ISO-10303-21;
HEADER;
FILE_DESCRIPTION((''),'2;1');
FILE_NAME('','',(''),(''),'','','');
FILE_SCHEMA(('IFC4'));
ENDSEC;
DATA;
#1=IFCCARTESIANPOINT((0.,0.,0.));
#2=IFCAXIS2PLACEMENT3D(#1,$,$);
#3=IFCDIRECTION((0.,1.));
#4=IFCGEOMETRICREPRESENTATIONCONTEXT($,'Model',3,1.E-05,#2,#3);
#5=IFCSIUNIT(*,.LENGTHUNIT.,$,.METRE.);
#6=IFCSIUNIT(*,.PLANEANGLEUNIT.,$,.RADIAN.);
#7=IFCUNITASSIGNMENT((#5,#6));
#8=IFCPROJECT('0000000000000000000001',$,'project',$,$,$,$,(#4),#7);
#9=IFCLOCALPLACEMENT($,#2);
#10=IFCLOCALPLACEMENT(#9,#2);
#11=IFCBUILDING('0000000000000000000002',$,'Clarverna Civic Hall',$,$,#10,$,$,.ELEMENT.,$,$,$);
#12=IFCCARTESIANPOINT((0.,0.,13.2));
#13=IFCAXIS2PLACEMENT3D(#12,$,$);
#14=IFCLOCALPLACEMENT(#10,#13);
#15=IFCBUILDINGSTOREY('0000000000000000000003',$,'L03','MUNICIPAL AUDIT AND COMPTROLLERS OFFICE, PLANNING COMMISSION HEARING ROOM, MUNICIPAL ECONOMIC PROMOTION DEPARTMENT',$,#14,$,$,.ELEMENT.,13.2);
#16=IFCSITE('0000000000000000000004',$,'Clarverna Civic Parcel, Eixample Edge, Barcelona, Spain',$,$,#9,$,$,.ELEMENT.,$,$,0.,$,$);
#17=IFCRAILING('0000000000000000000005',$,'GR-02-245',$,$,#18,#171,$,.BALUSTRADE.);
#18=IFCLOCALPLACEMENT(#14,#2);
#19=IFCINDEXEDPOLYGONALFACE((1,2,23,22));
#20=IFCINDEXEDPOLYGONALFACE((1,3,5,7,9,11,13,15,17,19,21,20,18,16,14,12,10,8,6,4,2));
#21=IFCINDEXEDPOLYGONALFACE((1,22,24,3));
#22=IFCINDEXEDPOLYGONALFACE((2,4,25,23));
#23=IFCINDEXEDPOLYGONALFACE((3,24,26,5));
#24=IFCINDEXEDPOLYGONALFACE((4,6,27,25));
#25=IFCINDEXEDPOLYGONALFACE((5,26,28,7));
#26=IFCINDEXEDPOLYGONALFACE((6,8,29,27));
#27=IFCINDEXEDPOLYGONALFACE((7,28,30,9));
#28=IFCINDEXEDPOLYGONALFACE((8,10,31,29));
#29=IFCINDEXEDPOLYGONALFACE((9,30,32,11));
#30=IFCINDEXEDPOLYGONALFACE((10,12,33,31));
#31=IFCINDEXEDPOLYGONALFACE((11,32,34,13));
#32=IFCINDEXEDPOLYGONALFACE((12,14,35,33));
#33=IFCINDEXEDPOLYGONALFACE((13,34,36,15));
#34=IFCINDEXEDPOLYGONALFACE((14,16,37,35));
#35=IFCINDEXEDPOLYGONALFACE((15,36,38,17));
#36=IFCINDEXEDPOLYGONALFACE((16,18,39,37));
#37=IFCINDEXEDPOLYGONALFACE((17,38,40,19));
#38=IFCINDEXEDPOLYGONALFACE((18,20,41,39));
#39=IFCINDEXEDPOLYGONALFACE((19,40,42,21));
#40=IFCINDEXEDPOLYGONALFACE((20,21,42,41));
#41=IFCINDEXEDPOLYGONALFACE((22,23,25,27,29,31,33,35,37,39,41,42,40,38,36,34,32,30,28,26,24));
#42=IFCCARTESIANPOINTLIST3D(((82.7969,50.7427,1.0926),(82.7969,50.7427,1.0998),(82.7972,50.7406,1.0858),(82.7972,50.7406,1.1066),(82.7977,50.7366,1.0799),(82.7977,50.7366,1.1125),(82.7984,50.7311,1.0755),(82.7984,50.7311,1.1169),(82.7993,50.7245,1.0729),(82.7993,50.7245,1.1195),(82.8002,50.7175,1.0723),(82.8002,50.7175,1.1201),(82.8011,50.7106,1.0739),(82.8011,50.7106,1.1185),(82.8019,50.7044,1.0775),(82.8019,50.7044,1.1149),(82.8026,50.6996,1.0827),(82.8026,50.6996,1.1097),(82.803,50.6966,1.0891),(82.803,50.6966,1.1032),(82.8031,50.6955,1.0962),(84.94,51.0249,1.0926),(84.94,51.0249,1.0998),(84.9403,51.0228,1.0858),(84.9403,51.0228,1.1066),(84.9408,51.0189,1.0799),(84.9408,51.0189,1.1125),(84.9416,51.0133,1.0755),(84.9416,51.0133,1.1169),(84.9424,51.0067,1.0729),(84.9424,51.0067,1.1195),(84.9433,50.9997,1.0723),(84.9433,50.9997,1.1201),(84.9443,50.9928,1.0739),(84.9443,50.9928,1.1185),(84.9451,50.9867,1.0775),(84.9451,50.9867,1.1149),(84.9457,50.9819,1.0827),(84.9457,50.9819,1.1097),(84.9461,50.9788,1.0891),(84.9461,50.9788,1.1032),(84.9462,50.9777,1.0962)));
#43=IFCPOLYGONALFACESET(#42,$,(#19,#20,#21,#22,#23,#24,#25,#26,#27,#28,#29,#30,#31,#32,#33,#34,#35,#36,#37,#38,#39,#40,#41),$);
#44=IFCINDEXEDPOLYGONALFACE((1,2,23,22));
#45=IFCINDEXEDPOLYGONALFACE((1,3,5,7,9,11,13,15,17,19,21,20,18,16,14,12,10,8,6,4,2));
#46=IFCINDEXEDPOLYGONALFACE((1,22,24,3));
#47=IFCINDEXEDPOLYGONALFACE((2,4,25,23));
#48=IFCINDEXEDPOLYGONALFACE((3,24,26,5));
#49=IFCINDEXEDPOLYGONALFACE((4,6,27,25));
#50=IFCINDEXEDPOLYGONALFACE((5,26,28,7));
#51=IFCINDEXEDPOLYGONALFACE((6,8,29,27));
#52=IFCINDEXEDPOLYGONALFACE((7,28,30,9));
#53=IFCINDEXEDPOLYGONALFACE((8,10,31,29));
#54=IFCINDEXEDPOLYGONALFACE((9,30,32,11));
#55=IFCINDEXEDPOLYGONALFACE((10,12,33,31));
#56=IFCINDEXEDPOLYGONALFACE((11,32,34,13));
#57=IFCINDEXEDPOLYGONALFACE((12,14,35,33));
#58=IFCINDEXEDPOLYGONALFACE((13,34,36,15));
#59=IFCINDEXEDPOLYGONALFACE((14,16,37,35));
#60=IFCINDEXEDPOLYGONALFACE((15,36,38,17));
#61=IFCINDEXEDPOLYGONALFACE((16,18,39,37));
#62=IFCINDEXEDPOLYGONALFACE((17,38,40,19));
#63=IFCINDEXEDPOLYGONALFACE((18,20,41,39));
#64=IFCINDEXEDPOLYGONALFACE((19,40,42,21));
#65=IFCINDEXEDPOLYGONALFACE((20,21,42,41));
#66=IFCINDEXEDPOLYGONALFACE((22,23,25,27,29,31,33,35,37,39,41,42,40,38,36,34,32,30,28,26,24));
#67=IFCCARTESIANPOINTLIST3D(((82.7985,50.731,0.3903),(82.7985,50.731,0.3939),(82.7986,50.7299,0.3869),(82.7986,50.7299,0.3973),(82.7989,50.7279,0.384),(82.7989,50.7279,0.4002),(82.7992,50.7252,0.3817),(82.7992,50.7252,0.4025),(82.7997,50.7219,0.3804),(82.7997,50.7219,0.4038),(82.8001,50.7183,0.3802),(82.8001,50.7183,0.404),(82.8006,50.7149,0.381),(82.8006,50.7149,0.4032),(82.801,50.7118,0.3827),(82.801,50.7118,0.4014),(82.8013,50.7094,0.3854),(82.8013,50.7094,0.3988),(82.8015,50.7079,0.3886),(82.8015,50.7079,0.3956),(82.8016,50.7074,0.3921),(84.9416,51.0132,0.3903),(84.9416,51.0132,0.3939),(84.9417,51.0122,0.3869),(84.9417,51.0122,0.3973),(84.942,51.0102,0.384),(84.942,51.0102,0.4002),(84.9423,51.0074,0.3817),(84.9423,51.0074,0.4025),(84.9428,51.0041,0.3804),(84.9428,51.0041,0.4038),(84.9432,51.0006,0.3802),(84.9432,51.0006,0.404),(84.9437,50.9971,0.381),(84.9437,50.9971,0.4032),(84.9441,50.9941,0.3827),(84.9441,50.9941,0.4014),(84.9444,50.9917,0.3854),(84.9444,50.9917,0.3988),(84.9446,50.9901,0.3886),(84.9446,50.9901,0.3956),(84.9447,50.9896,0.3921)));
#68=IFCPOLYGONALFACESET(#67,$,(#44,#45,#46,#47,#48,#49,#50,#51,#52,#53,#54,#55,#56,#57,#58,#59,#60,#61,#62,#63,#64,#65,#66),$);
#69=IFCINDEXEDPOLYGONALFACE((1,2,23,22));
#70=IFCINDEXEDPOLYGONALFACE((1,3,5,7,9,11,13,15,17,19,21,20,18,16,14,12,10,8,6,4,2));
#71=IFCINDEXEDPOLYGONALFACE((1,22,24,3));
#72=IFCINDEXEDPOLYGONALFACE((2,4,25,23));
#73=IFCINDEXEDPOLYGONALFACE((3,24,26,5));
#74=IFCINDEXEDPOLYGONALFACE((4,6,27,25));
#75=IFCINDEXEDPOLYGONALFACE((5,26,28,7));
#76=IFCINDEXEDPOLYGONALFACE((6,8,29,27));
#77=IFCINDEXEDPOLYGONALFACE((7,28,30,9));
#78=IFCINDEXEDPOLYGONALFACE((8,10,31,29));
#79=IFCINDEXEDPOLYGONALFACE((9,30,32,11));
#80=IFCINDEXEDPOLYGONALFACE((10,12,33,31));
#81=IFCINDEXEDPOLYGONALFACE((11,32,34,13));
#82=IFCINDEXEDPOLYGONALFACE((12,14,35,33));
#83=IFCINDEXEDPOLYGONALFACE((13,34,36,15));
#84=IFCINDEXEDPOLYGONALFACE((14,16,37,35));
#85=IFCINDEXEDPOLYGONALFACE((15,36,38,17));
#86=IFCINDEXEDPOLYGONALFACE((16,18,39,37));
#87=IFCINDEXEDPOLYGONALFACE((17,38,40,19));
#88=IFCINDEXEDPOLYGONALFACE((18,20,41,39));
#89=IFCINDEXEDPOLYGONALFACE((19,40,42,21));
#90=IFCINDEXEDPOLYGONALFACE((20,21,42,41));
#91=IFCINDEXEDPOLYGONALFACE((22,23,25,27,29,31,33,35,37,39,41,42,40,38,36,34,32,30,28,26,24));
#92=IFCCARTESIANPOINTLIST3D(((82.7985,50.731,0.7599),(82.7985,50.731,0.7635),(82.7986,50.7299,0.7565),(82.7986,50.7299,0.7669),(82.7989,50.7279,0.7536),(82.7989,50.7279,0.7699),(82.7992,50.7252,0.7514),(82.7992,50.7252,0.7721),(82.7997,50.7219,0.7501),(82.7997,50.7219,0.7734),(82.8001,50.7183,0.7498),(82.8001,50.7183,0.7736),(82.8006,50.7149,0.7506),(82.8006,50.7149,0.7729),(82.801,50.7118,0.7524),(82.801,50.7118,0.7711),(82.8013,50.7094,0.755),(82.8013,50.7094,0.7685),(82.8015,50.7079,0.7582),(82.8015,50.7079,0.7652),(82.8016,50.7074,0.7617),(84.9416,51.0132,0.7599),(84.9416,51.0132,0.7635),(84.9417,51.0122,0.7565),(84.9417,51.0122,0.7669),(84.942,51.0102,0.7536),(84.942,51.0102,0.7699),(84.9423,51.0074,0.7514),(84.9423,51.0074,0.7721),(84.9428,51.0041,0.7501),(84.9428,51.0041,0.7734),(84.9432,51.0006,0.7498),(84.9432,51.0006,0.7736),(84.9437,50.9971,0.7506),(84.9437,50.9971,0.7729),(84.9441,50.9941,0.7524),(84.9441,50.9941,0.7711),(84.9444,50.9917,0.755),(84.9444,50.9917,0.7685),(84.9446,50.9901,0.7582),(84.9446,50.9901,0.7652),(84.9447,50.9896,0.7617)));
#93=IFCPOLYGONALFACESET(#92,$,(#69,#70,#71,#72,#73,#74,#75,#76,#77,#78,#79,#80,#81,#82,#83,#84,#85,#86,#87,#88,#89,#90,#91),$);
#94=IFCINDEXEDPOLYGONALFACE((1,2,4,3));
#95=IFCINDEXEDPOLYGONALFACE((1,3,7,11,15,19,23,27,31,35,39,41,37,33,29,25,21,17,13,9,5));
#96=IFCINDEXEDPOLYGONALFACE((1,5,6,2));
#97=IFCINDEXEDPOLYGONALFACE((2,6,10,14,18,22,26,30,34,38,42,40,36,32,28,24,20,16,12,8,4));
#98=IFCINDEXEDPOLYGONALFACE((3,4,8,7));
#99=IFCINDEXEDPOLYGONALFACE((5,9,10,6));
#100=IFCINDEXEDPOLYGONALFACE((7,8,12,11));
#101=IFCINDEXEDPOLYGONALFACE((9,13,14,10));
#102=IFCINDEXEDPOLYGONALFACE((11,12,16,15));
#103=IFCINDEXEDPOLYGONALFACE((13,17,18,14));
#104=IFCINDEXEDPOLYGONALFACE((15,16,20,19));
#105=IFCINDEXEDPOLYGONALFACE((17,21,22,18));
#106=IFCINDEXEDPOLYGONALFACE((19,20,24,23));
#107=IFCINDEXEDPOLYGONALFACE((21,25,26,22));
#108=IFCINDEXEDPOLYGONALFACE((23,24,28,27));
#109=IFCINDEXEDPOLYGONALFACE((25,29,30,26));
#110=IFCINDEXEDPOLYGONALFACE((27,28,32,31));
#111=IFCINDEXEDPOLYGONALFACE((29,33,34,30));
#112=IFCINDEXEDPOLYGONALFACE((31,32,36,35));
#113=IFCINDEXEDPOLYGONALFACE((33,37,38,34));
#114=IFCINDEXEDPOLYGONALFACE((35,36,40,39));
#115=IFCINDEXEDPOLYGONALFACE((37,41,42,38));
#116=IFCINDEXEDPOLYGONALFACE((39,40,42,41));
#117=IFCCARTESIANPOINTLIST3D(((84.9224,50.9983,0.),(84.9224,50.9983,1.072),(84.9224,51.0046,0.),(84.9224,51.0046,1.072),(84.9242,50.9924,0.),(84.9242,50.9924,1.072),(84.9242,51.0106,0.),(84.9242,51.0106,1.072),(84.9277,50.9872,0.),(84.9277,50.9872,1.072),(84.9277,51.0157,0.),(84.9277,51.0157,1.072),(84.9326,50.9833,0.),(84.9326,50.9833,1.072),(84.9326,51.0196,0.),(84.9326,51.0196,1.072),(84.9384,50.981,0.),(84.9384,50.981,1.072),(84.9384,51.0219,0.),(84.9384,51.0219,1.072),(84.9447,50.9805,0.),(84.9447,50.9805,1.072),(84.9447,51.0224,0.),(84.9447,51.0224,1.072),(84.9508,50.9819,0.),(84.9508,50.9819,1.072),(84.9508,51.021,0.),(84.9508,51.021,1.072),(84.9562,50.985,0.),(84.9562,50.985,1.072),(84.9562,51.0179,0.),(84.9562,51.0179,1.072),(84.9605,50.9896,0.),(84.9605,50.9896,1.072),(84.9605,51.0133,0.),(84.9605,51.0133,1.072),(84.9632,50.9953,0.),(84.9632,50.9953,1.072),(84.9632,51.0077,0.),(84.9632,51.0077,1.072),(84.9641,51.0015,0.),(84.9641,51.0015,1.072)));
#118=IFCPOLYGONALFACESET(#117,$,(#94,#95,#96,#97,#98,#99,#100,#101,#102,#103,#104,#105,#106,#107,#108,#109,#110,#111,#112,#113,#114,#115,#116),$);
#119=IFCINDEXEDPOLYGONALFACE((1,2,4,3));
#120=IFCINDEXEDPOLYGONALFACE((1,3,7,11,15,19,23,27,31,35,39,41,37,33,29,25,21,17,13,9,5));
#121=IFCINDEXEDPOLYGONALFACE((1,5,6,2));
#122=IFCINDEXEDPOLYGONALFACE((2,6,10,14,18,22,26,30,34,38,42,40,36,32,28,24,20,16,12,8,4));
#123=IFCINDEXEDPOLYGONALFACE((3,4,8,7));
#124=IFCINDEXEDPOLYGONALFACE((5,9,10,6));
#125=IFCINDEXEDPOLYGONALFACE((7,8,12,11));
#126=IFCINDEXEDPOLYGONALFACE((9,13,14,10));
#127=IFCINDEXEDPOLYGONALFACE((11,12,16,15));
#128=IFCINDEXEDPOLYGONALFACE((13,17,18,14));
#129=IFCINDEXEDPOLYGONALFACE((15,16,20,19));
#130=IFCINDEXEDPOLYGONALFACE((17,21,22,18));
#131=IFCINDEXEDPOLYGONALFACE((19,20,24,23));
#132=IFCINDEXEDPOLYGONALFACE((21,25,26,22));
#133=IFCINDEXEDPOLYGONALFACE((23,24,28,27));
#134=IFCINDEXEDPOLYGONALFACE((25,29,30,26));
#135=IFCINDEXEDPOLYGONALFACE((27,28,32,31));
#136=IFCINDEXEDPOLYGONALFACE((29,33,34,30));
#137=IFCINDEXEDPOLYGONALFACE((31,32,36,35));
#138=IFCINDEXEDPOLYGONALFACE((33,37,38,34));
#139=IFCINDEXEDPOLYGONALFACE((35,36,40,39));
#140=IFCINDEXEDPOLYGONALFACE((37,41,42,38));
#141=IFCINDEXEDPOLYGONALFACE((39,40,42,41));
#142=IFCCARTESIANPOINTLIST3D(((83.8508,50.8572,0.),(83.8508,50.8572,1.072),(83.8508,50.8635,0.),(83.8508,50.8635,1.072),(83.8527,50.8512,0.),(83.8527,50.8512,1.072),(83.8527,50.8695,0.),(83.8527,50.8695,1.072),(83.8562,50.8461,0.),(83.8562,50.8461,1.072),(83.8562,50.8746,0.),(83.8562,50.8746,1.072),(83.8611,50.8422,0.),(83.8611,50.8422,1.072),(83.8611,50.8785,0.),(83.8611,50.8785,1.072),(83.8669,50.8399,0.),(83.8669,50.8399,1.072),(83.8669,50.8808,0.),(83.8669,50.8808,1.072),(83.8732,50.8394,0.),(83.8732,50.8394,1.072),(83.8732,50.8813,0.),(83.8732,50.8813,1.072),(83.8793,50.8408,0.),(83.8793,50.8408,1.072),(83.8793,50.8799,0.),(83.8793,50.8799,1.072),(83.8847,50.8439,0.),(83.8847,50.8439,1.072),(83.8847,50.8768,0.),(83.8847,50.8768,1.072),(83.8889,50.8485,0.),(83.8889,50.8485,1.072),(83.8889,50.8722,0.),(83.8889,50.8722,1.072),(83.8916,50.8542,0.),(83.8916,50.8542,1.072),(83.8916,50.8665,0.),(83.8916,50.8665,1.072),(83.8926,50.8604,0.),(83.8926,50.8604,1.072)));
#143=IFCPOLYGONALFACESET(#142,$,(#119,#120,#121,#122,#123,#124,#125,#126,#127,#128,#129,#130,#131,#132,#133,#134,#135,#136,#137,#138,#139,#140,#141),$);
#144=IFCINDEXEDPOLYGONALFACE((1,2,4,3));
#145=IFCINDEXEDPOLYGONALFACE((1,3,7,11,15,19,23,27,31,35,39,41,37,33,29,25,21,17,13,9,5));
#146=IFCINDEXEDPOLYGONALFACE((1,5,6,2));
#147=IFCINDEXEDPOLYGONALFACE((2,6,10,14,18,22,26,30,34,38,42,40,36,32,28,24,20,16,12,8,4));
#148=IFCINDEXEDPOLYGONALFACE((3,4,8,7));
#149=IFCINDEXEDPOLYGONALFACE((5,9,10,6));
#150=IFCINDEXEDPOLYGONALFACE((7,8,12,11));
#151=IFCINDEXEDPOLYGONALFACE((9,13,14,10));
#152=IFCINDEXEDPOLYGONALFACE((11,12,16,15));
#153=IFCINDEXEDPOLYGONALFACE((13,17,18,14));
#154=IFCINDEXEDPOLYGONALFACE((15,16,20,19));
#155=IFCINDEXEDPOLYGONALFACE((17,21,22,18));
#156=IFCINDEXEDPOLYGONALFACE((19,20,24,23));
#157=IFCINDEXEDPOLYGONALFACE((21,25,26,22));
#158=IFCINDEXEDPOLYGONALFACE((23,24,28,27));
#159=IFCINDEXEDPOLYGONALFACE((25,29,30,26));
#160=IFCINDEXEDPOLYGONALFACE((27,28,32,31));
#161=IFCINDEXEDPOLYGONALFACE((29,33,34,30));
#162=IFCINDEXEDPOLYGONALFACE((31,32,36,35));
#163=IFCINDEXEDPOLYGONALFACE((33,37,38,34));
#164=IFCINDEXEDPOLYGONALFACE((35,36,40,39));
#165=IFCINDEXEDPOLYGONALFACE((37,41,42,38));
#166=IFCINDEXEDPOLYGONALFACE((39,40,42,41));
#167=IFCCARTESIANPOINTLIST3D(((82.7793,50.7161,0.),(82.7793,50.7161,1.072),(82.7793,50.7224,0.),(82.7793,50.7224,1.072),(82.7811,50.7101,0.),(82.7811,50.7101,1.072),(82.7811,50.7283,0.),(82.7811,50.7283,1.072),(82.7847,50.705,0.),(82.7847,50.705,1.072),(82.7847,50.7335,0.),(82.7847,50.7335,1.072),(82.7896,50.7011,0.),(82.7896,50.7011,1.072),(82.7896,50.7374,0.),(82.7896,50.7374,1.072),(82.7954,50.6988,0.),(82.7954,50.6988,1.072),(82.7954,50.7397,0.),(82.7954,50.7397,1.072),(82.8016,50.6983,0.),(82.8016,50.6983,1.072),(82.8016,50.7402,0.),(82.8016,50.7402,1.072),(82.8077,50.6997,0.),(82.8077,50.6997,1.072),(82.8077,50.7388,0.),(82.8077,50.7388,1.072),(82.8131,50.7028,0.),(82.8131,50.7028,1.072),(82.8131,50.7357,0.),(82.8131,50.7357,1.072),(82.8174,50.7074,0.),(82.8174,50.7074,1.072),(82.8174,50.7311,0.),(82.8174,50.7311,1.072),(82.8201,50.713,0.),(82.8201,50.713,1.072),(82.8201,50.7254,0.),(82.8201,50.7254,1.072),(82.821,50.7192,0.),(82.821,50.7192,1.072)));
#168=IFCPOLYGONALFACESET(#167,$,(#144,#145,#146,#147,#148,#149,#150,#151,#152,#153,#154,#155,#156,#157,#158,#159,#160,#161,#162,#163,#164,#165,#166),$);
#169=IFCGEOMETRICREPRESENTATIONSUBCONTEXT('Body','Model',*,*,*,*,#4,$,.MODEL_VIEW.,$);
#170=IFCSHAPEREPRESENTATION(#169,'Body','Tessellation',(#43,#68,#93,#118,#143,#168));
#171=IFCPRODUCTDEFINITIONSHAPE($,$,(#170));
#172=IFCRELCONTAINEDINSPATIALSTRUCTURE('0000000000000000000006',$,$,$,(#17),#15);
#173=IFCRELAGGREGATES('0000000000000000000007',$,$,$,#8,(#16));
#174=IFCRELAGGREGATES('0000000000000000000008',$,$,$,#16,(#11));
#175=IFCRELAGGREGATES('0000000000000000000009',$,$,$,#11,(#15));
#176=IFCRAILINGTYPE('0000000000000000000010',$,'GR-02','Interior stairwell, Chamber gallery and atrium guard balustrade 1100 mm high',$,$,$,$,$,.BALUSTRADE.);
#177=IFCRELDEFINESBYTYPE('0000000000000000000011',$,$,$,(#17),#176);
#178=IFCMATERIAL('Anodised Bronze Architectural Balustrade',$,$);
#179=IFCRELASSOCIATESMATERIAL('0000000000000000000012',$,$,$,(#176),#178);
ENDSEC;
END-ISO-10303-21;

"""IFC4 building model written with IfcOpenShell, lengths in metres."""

from ifc_helpers import new_model, si_unit, direction, frame, origin, origin_2d, place, context, subcontext, project, spatial, circle, extrude, material, type_object, element, save


model = new_model("IFC4")

# Units and contexts
model_context = context("Model", 3, precision=1e-05, world=origin(), true_north=direction((0.0, 1.0)))
body_context = subcontext(model_context, "Body", "Model", "MODEL_VIEW")
ifc_project = project(units=[si_unit("LENGTHUNIT", "METRE"), si_unit("PLANEANGLEUNIT", "RADIAN")], contexts=[model_context])

# Site, building, storey
site_placement = place(None, origin())
site = spatial("IfcSite", under=ifc_project, at=site_placement, Name="Clarverna Civic Parcel, Eixample Edge, Barcelona, Spain", CompositionType="ELEMENT", RefElevation=0.0)
building_placement = place(site_placement, origin())
building = spatial("IfcBuilding", under=site, at=building_placement, Name="Clarverna Civic Hall", CompositionType="ELEMENT")
storey_placement = place(building_placement, frame((0.0, 0.0, 13.2)))
storey = spatial("IfcBuildingStorey", under=building, at=storey_placement, Name="L03", Description="MUNICIPAL AUDIT AND COMPTROLLERS OFFICE, PLANNING COMMISSION HEARING ROOM, MUNICIPAL ECONOMIC PROMOTION DEPARTMENT", CompositionType="ELEMENT", Elevation=13.2)

# Railing
ifc_material_1 = material(Name="Anodised Bronze Architectural Balustrade")
railing_type = type_object("IfcRailingType", Name="GR-02", Description="Interior stairwell, Chamber gallery and atrium guard balustrade 1100 mm high", PredefinedType="BALUSTRADE", material=ifc_material_1)
railing_1_placement = place(storey_placement, frame((84.9431, 51.0015, 0.0)))
element("IfcRailing", 1, at=railing_1_placement, inside=storey, type_object=railing_type, Name="GR-02-245", PredefinedType="BALUSTRADE", context=body_context, shape_type="SweptSolid", body=[
    extrude(circle(Radius=0.0239, at=origin_2d()), frame((0.0, 0.0, 1.0962), z_axis=(-0.99144, -0.130566, 0.0), x_axis=(0.130566, -0.99144, 0.0)), (0.0, 0.0, 1.0), 2.1616),
    extrude(circle(Radius=0.012, at=origin_2d()), frame((0.0, 0.0, 0.3921), z_axis=(-0.99144, -0.130566, 0.0), x_axis=(0.130566, -0.99144, 0.0)), (0.0, 0.0, 1.0), 2.1616),
    extrude(circle(Radius=0.012, at=origin_2d()), frame((0.0, 0.0, 0.7617), z_axis=(-0.99144, -0.130566, 0.0), x_axis=(0.130566, -0.99144, 0.0)), (0.0, 0.0, 1.0), 2.1616),
    extrude(circle(Radius=0.021, at=origin_2d()), origin(), (0.0, 0.0, 1.0), 1.072),
    extrude(circle(Radius=0.021, at=origin_2d()), frame((-1.0715, -0.1411, 0.0)), (0.0, 0.0, 1.0), 1.072),
    extrude(circle(Radius=0.021, at=origin_2d()), frame((-2.1431, -0.2822, 0.0)), (0.0, 0.0, 1.0), 1.072),
])

save(model, "model.ifc")
